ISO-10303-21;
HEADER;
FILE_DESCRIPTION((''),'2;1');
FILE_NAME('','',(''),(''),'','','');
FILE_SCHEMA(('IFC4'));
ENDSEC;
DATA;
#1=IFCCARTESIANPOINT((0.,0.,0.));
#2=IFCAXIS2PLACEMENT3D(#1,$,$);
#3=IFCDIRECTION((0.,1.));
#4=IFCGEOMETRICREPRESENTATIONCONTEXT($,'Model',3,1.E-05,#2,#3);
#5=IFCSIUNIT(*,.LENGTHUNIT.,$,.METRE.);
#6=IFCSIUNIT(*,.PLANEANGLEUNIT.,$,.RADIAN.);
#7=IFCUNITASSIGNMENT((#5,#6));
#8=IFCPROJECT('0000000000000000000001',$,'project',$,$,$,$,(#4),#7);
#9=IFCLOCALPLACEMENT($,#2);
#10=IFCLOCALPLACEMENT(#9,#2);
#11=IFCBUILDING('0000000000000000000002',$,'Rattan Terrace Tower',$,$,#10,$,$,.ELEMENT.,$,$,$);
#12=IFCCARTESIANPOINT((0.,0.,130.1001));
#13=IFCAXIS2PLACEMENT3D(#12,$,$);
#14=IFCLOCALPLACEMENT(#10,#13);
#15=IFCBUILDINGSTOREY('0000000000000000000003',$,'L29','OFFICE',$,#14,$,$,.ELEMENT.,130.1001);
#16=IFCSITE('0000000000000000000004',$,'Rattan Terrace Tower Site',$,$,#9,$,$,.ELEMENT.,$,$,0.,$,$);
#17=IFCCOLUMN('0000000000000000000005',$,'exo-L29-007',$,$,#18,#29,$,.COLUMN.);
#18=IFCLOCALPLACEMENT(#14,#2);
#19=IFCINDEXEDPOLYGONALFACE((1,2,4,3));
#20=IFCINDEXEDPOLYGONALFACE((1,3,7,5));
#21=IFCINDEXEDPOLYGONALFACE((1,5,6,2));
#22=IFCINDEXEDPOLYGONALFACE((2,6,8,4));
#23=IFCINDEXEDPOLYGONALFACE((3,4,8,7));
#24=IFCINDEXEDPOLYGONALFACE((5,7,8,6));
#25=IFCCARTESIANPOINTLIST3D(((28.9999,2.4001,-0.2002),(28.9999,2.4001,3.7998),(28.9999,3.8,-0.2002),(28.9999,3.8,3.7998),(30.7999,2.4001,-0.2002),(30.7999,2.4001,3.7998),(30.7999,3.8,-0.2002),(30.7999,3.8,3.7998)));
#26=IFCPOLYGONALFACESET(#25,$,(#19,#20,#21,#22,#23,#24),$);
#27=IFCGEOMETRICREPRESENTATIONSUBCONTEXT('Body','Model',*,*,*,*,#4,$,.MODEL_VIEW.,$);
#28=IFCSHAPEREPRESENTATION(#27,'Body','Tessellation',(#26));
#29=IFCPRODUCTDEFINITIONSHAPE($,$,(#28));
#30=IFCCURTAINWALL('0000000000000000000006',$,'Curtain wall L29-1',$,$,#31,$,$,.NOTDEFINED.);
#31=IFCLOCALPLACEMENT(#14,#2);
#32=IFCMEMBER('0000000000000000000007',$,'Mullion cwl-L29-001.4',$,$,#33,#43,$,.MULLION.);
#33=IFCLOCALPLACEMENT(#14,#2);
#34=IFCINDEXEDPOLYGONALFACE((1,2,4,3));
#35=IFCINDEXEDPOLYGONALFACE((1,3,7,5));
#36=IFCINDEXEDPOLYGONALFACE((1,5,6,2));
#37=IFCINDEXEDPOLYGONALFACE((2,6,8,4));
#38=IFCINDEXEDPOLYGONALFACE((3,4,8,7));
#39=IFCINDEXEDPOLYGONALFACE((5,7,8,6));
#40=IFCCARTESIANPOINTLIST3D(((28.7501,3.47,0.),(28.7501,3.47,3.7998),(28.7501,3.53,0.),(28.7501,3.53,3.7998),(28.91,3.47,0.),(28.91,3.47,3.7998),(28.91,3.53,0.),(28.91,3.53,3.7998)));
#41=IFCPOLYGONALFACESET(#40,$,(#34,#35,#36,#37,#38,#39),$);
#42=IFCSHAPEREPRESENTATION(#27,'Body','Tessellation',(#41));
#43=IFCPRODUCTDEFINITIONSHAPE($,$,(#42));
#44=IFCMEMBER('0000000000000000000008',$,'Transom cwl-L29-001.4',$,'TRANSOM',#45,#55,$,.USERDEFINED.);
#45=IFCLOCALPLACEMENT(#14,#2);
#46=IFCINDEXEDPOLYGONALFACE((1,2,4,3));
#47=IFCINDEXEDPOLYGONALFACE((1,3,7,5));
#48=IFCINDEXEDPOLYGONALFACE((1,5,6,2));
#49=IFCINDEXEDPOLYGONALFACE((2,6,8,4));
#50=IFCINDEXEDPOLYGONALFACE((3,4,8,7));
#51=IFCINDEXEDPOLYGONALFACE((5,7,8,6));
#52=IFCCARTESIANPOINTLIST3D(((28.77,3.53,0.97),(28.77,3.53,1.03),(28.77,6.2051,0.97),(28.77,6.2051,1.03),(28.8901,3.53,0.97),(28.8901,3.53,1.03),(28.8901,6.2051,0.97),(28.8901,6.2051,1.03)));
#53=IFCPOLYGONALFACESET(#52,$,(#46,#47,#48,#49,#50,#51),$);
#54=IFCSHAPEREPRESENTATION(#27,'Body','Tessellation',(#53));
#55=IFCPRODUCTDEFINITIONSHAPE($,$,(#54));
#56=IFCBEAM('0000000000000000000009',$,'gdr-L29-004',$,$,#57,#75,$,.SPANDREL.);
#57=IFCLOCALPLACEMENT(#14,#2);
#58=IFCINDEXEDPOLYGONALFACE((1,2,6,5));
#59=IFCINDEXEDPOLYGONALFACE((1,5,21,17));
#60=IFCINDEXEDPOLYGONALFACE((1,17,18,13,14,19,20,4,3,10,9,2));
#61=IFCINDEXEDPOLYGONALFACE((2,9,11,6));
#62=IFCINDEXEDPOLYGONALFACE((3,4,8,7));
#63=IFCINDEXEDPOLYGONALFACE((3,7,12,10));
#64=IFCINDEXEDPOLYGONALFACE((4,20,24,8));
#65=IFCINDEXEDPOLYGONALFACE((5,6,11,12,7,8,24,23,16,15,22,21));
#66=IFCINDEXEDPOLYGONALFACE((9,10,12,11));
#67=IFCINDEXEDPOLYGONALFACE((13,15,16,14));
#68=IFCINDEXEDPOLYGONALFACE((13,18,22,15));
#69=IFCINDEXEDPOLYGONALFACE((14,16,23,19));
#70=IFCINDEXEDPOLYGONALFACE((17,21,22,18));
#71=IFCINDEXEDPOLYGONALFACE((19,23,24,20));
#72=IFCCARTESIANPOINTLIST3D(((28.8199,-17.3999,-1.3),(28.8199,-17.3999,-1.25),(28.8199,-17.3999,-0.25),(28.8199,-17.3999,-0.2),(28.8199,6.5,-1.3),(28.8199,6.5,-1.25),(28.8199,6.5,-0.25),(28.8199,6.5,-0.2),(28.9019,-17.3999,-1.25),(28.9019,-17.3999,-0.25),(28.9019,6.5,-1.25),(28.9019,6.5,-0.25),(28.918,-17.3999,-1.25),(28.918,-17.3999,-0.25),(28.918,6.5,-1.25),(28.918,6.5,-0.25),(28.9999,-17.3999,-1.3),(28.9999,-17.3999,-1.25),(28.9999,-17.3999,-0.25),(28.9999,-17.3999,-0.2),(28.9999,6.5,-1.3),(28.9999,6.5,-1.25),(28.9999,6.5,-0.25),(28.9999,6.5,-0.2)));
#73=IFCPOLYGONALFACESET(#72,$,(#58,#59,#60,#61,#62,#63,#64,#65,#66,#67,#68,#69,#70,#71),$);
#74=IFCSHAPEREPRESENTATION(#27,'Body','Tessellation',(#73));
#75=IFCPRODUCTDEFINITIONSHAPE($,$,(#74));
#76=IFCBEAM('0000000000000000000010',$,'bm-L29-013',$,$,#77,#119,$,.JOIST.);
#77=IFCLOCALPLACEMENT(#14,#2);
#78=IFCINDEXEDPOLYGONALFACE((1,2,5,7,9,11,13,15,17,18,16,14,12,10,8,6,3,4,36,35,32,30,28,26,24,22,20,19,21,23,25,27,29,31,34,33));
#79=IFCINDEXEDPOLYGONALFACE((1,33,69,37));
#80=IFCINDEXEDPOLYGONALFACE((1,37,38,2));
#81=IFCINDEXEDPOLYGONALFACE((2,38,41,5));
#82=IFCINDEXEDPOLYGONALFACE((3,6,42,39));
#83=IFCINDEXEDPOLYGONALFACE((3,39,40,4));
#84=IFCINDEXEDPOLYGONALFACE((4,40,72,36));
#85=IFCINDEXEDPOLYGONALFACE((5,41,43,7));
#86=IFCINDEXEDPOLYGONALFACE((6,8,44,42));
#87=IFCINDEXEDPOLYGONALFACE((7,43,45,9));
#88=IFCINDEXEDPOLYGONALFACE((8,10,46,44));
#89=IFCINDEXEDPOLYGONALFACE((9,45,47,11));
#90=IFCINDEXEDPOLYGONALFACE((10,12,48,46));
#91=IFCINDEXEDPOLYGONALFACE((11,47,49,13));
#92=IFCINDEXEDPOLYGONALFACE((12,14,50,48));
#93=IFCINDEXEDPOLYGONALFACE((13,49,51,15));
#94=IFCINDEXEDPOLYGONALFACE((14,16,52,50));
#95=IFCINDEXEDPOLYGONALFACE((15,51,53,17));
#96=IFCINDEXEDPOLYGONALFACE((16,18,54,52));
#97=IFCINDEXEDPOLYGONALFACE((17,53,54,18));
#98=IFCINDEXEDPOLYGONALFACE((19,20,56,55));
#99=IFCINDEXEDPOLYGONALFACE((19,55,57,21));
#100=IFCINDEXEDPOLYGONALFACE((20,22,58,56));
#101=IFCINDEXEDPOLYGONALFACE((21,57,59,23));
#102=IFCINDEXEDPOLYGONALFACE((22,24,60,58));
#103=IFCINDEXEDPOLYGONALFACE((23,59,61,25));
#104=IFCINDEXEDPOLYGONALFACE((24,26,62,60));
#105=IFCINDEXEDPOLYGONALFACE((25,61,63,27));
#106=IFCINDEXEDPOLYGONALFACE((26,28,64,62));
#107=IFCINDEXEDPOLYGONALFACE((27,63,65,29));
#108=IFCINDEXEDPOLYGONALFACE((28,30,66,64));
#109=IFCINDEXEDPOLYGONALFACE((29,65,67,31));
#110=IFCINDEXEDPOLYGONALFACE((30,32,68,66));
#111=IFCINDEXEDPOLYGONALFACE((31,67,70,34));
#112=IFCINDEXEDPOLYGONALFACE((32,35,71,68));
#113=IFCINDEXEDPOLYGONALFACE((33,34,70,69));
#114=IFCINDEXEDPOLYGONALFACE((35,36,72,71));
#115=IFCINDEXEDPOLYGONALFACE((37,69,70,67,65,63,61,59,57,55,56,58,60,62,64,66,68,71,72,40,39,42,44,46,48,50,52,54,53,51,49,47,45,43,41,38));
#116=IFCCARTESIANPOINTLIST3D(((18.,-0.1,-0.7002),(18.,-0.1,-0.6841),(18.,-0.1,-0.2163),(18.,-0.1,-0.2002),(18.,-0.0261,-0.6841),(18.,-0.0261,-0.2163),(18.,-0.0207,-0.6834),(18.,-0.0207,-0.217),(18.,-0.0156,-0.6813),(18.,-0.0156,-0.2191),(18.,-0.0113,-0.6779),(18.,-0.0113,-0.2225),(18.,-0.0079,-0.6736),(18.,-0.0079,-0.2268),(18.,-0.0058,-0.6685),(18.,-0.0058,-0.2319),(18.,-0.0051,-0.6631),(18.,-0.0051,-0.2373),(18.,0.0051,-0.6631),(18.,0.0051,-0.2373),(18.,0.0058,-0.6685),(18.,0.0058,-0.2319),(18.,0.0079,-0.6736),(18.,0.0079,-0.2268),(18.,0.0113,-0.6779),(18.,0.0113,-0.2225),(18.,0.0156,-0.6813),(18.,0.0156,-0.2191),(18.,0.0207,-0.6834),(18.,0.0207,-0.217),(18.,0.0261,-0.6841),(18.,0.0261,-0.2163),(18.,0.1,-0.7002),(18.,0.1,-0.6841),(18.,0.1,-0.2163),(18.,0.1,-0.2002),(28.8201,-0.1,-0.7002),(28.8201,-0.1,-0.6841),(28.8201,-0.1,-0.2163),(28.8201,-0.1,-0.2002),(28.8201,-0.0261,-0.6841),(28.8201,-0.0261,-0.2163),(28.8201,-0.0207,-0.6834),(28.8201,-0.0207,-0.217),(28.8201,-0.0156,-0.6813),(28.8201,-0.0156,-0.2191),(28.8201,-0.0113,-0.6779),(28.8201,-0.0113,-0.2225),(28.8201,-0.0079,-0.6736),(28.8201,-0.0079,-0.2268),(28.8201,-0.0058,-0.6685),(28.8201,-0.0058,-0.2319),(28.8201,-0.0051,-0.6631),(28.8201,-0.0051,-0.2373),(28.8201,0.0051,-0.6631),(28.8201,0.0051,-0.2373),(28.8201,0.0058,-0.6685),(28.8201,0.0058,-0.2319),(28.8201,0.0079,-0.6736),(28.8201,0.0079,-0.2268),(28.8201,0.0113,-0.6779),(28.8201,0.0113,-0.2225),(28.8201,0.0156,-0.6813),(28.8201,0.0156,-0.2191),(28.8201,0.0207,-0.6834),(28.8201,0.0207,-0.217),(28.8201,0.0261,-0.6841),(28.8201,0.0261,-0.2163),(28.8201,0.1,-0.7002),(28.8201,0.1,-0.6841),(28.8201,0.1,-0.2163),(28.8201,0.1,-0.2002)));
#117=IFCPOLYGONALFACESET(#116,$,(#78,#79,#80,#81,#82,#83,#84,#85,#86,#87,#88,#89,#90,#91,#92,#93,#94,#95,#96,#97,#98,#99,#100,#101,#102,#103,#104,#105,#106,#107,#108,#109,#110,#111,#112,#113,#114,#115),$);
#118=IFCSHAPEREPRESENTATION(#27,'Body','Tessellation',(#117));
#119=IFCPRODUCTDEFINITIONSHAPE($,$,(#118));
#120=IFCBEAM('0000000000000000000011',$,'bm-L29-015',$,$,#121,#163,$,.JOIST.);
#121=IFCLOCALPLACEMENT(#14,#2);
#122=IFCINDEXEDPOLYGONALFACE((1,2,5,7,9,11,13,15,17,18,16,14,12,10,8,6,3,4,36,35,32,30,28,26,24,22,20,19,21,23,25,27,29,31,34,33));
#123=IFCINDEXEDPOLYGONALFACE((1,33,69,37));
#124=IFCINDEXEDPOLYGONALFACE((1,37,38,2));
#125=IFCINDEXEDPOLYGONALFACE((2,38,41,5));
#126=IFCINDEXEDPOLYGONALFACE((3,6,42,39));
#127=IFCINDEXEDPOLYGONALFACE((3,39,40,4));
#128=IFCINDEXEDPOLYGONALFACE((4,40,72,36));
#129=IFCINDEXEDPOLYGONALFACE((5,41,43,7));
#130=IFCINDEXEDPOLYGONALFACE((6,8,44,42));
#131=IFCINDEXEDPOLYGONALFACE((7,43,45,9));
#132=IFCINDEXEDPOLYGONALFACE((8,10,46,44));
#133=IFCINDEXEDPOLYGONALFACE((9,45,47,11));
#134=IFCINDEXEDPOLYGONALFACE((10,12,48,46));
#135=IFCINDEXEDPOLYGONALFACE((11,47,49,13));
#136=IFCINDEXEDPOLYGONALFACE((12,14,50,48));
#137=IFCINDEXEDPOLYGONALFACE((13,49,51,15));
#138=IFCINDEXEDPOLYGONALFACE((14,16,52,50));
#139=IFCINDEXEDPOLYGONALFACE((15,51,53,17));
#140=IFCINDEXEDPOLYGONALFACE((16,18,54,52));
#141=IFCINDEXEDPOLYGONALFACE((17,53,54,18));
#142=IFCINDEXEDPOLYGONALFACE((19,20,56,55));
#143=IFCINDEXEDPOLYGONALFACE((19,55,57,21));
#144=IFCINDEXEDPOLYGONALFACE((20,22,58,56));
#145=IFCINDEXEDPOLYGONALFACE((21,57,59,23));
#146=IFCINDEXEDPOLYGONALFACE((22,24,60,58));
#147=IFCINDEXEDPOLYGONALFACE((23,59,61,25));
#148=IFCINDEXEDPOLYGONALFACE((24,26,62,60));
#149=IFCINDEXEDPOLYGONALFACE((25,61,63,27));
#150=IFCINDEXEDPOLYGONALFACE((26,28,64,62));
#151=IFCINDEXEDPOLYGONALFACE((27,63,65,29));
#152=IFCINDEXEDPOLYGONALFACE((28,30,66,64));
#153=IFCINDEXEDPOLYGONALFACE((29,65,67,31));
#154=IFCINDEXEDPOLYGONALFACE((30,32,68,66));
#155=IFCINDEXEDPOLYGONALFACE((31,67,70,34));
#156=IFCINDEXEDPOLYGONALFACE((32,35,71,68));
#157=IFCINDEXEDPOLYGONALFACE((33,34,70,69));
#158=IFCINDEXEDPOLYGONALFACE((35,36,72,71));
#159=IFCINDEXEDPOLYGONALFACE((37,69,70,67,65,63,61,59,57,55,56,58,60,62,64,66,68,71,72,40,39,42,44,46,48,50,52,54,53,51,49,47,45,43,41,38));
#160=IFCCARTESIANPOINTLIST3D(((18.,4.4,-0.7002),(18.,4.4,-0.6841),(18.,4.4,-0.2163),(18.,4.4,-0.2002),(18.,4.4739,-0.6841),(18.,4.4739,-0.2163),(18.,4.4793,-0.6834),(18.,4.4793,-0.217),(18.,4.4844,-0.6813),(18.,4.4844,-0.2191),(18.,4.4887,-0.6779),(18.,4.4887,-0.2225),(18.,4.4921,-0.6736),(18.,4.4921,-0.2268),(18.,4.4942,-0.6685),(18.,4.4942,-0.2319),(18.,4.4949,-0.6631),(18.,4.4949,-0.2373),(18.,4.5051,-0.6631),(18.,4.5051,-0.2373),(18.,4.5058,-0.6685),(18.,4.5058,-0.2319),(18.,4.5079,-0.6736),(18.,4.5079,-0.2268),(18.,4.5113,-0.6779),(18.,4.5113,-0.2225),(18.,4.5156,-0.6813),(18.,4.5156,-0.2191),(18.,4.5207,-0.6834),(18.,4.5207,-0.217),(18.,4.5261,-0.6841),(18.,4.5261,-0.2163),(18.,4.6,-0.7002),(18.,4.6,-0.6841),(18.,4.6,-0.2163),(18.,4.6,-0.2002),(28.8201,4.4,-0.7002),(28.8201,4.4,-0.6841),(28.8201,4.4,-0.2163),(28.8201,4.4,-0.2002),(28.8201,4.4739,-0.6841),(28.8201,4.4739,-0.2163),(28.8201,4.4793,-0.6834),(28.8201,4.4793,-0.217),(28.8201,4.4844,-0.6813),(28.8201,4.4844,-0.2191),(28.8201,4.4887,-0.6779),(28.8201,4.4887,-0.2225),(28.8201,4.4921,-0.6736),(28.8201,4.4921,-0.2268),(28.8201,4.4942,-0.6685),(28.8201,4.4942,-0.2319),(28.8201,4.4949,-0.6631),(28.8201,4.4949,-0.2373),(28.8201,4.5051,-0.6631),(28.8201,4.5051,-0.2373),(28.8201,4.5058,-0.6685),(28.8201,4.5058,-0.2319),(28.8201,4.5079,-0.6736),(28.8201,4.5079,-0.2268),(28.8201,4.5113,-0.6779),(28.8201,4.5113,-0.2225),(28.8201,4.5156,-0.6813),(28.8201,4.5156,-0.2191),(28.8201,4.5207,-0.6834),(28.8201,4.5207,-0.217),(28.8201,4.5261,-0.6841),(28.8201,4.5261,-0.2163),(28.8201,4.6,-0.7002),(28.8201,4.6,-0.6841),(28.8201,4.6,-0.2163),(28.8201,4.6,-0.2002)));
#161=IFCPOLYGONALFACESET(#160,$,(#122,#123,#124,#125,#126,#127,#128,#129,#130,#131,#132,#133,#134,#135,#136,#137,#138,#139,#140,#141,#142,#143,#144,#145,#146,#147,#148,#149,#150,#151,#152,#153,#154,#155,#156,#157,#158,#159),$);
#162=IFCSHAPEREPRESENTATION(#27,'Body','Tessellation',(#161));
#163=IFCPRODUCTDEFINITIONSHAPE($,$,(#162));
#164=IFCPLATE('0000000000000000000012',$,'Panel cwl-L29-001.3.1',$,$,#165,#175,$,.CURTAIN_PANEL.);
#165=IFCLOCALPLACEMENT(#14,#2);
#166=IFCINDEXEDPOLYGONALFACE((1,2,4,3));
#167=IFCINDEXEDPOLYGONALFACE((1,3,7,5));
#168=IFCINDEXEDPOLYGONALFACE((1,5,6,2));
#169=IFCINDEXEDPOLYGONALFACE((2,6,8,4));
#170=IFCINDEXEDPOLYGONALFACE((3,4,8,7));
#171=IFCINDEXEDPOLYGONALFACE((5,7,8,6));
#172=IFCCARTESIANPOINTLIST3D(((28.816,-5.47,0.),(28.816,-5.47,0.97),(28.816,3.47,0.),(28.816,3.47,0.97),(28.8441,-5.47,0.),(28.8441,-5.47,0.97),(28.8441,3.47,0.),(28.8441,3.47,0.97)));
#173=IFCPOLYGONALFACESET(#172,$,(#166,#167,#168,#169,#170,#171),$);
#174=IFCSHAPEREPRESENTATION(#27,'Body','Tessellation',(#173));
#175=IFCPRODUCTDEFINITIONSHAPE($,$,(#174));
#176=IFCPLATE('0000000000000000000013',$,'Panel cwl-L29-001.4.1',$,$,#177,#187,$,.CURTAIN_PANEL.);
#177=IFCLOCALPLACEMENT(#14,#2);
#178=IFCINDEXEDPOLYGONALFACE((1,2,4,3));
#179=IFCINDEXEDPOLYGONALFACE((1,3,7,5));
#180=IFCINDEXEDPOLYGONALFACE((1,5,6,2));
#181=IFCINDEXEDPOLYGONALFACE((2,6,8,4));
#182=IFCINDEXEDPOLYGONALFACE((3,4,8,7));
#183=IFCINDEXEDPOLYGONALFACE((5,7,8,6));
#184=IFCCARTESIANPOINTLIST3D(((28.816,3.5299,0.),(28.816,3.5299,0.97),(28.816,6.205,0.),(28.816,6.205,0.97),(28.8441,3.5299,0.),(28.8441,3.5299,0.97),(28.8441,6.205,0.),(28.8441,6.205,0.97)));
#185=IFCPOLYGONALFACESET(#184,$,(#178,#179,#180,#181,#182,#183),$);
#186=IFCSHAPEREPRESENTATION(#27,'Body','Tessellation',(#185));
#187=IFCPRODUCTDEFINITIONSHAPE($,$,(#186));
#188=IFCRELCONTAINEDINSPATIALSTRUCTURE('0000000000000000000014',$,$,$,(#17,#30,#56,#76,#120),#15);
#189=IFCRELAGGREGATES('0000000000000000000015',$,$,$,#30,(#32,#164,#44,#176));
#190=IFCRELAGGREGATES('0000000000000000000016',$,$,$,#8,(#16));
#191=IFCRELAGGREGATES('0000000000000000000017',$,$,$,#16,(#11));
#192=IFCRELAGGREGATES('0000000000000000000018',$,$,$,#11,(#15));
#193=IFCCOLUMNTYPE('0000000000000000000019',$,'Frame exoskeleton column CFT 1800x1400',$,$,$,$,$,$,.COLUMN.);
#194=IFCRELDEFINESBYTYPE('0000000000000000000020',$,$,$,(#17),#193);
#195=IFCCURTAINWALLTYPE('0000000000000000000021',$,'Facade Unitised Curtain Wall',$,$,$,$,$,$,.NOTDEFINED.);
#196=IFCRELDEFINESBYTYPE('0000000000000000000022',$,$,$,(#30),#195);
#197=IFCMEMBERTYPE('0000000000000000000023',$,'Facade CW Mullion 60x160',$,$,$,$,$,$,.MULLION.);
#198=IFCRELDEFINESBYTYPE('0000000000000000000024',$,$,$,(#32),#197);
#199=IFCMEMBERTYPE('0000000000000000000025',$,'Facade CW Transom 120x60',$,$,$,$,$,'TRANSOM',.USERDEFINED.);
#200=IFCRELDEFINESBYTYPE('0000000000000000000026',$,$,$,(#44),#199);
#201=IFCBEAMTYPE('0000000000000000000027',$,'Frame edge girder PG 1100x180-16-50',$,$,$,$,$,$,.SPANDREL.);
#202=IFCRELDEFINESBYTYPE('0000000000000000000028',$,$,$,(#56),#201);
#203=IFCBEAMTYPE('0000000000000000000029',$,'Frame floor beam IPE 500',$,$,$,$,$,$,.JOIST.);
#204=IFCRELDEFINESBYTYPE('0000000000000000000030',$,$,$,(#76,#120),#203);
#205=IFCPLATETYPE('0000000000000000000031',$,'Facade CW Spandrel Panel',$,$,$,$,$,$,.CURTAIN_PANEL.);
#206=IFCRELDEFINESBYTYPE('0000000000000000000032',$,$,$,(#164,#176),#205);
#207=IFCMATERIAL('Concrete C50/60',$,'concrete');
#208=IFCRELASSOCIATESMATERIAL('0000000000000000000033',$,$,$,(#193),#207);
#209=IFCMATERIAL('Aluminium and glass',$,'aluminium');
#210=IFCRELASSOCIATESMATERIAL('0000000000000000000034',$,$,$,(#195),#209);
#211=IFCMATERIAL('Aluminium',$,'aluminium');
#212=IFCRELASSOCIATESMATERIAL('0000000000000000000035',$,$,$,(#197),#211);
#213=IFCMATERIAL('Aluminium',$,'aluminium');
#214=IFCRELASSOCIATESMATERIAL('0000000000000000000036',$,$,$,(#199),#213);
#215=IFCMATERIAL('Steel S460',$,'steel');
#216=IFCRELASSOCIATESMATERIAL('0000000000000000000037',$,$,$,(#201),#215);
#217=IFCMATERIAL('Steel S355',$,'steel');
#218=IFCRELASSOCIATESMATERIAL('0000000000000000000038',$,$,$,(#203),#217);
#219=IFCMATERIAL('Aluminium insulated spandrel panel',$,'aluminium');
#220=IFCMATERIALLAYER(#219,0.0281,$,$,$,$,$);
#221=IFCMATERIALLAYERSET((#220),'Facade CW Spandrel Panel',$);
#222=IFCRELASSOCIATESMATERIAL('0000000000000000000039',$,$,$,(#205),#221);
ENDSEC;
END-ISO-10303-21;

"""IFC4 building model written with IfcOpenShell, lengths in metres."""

from ifc_helpers import new_model, si_unit, direction, frame, origin, origin_2d, place, context, subcontext, project, spatial, rectangle, i_section, extrude, material, layer, layer_set, material_profile, profile_set, type_object, element, aggregate, save


model = new_model("IFC4")

# Units and contexts
model_context = context("Model", 3, precision=1e-05, world=origin(), true_north=direction((0.0, 1.0)))
body_context = subcontext(model_context, "Body", "Model", "MODEL_VIEW")
ifc_project = project(units=[si_unit("LENGTHUNIT", "METRE"), si_unit("PLANEANGLEUNIT", "RADIAN")], contexts=[model_context])

# Site, building, storey
site_placement = place(None, origin())
site = spatial("IfcSite", under=ifc_project, at=site_placement, Name="Rattan Terrace Tower Site", CompositionType="ELEMENT", RefElevation=0.0)
building_placement = place(site_placement, origin())
building = spatial("IfcBuilding", under=site, at=building_placement, Name="Rattan Terrace Tower", CompositionType="ELEMENT")
storey_placement = place(building_placement, frame((0.0, 0.0, 130.1001)))
storey = spatial("IfcBuildingStorey", under=building, at=storey_placement, Name="L29", Description="OFFICE", CompositionType="ELEMENT", Elevation=130.1001)

# Column
ifc_material_1 = material(Name="Concrete C50/60", Category="concrete")
ifc_material_profile_1 = material_profile(ifc_material_1, rectangle(XDim=1.3999, YDim=1.8, at=origin_2d()), Name="CFT 1800x1400")
ifc_profile_set_1 = profile_set([ifc_material_profile_1], Name="Concrete C50/60")
column_type = type_object("IfcColumnType", Name="Frame exoskeleton column CFT 1800x1400", PredefinedType="COLUMN", material=ifc_profile_set_1)
column_placement = place(storey_placement, frame((29.8999, 3.1001, -0.2002), z_axis=(0.0, 0.0, 1.0), x_axis=(0.0, 1.0, 0.0)))
element("IfcColumn", 1, at=column_placement, inside=storey, type_object=column_type, Name="exo-L29-007", PredefinedType="COLUMN", context=body_context, shape_type="SweptSolid", body=[
    extrude(rectangle(XDim=1.3999, YDim=1.8, at=origin_2d()), origin(), (0.0, 0.0, 1.0), 4.0),
])

# Curtain wall, members
ifc_material_2 = material(Name="Aluminium and glass", Category="aluminium")
curtain_wall_type = type_object("IfcCurtainWallType", Name="Facade Unitised Curtain Wall", PredefinedType="NOTDEFINED", material=ifc_material_2)
curtain_wall_placement = place(storey_placement, origin())
curtain_wall = element("IfcCurtainWall", 2, at=curtain_wall_placement, inside=storey, type_object=curtain_wall_type, Name="Curtain wall L29-1", PredefinedType="NOTDEFINED")
ifc_material_3 = material(Name="Aluminium", Category="aluminium")
ifc_material_profile_2 = material_profile(ifc_material_3, rectangle(XDim=0.0601, YDim=0.1599, at=origin_2d()), Name="Aluminium 60x160")
ifc_profile_set_2 = profile_set([ifc_material_profile_2], Name="Aluminium")
member_type_1 = type_object("IfcMemberType", Name="Facade CW Mullion 60x160", PredefinedType="MULLION", material=ifc_profile_set_2)
member_1_placement = place(storey_placement, frame((28.8301, 3.5, 0.0), z_axis=(0.0, 0.0, 1.0), x_axis=(0.0, 1.0, 0.0)))
member_1 = element("IfcMember", 3, at=member_1_placement, type_object=member_type_1, Name="Mullion cwl-L29-001.4", PredefinedType="MULLION", context=body_context, shape_type="SweptSolid", body=[
    extrude(rectangle(XDim=0.0601, YDim=0.1599, at=origin_2d()), origin(), (0.0, 0.0, 1.0), 3.7998),
])
ifc_material_4 = material(Name="Aluminium", Category="aluminium")
ifc_material_profile_3 = material_profile(ifc_material_4, rectangle(XDim=0.1201, YDim=0.0601, at=origin_2d()), Name="Aluminium 120x60")
ifc_profile_set_3 = profile_set([ifc_material_profile_3], Name="Aluminium")
member_type_2 = type_object("IfcMemberType", Name="Facade CW Transom 120x60", ElementType="TRANSOM", PredefinedType="USERDEFINED", material=ifc_profile_set_3)
member_2_placement = place(storey_placement, frame((28.8301, 3.53, 1.0), z_axis=(0.0, 1.0, 0.0), x_axis=(-1.0, 0.0, 0.0)))
member_2 = element("IfcMember", 4, at=member_2_placement, type_object=member_type_2, Name="Transom cwl-L29-001.4", ObjectType="TRANSOM", PredefinedType="USERDEFINED", context=body_context, shape_type="SweptSolid", body=[
    extrude(rectangle(XDim=0.1201, YDim=0.0601, at=origin_2d()), origin(), (0.0, 0.0, 1.0), 2.675),
])

# Beams
ifc_material_5 = material(Name="Steel S460", Category="steel")
ifc_material_profile_4 = material_profile(ifc_material_5, i_section(OverallWidth=0.1799, OverallDepth=1.1001, WebThickness=0.0161, FlangeThickness=0.05, at=origin_2d()), Name="PG 1100x180-16-50")
ifc_profile_set_4 = profile_set([ifc_material_profile_4], Name="Steel S460")
beam_type_1 = type_object("IfcBeamType", Name="Frame edge girder PG 1100x180-16-50", PredefinedType="SPANDREL", material=ifc_profile_set_4)
beam_placement = place(storey_placement, frame((28.9099, 6.5, -0.75), z_axis=(0.0, -1.0, 0.0), x_axis=(1.0, 0.0, 0.0)))
element("IfcBeam", 5, at=beam_placement, inside=storey, type_object=beam_type_1, Name="gdr-L29-004", PredefinedType="SPANDREL", context=body_context, shape_type="SweptSolid", body=[
    extrude(i_section(OverallWidth=0.1799, OverallDepth=1.1001, WebThickness=0.0161, FlangeThickness=0.05, at=origin_2d()), origin(), (0.0, 0.0, 1.0), 23.8999),
])
ifc_material_6 = material(Name="Steel S355", Category="steel")
ifc_material_profile_5 = material_profile(ifc_material_6, i_section(OverallWidth=0.2, OverallDepth=0.5, WebThickness=0.0103, FlangeThickness=0.0161, FilletRadius=0.021, at=origin_2d()), Name="IPE 500")
ifc_profile_set_5 = profile_set([ifc_material_profile_5], Name="Steel S355")
beam_type_2 = type_object("IfcBeamType", Name="Frame floor beam IPE 500", PredefinedType="JOIST", material=ifc_profile_set_5)
for number, where, z_axis, x_axis, name in (
    (6, (18.0, 0.0, -0.4502), (1.0, 0.0, 0.0), (0.0, 1.0, 0.0), "bm-L29-013"),
    (7, (18.0, 4.5, -0.4502), (1.0, 0.0, 0.0), (0.0, 1.0, 0.0), "bm-L29-015"),
):
    element("IfcBeam", number, at=place(storey_placement, frame(where, z_axis=z_axis, x_axis=x_axis)), inside=storey, type_object=beam_type_2, Name=name, PredefinedType="JOIST", context=body_context, shape_type="SweptSolid", body=[
        extrude(i_section(OverallWidth=0.2, OverallDepth=0.5, WebThickness=0.0103, FlangeThickness=0.0161, FilletRadius=0.021, at=origin_2d()), origin(), (0.0, 0.0, 1.0), 10.8201),
    ])

# Plates
ifc_material_7 = material(Name="Aluminium insulated spandrel panel", Category="aluminium")
ifc_layer_1 = layer(ifc_material_7, 0.0281)
ifc_layer_set_1 = layer_set([ifc_layer_1], Name="Facade CW Spandrel Panel")
plate_type_1 = type_object("IfcPlateType", Name="Facade CW Spandrel Panel", PredefinedType="CURTAIN_PANEL", material=ifc_layer_set_1)
plate_1_placement = place(storey_placement, frame((28.8301, -1.0, 0.0), z_axis=(0.0, 0.0, 1.0), x_axis=(0.0, 1.0, 0.0)))
plate_1 = element("IfcPlate", 8, at=plate_1_placement, type_object=plate_type_1, Name="Panel cwl-L29-001.3.1", PredefinedType="CURTAIN_PANEL", context=body_context, shape_type="SweptSolid", body=[
    extrude(rectangle(XDim=8.9399, YDim=0.0281, at=origin_2d()), origin(), (0.0, 0.0, 1.0), 0.97),
])
plate_2_placement = place(storey_placement, frame((28.8301, 4.8674, 0.0), z_axis=(0.0, 0.0, 1.0), x_axis=(0.0, 1.0, 0.0)))
plate_2 = element("IfcPlate", 9, at=plate_2_placement, type_object=plate_type_1, Name="Panel cwl-L29-001.4.1", PredefinedType="CURTAIN_PANEL", context=body_context, shape_type="SweptSolid", body=[
    extrude(rectangle(XDim=2.675, YDim=0.0281, at=origin_2d()), origin(), (0.0, 0.0, 1.0), 0.97),
])
aggregate(curtain_wall, [member_1, plate_1, member_2, plate_2])

save(model, "model.ifc")
